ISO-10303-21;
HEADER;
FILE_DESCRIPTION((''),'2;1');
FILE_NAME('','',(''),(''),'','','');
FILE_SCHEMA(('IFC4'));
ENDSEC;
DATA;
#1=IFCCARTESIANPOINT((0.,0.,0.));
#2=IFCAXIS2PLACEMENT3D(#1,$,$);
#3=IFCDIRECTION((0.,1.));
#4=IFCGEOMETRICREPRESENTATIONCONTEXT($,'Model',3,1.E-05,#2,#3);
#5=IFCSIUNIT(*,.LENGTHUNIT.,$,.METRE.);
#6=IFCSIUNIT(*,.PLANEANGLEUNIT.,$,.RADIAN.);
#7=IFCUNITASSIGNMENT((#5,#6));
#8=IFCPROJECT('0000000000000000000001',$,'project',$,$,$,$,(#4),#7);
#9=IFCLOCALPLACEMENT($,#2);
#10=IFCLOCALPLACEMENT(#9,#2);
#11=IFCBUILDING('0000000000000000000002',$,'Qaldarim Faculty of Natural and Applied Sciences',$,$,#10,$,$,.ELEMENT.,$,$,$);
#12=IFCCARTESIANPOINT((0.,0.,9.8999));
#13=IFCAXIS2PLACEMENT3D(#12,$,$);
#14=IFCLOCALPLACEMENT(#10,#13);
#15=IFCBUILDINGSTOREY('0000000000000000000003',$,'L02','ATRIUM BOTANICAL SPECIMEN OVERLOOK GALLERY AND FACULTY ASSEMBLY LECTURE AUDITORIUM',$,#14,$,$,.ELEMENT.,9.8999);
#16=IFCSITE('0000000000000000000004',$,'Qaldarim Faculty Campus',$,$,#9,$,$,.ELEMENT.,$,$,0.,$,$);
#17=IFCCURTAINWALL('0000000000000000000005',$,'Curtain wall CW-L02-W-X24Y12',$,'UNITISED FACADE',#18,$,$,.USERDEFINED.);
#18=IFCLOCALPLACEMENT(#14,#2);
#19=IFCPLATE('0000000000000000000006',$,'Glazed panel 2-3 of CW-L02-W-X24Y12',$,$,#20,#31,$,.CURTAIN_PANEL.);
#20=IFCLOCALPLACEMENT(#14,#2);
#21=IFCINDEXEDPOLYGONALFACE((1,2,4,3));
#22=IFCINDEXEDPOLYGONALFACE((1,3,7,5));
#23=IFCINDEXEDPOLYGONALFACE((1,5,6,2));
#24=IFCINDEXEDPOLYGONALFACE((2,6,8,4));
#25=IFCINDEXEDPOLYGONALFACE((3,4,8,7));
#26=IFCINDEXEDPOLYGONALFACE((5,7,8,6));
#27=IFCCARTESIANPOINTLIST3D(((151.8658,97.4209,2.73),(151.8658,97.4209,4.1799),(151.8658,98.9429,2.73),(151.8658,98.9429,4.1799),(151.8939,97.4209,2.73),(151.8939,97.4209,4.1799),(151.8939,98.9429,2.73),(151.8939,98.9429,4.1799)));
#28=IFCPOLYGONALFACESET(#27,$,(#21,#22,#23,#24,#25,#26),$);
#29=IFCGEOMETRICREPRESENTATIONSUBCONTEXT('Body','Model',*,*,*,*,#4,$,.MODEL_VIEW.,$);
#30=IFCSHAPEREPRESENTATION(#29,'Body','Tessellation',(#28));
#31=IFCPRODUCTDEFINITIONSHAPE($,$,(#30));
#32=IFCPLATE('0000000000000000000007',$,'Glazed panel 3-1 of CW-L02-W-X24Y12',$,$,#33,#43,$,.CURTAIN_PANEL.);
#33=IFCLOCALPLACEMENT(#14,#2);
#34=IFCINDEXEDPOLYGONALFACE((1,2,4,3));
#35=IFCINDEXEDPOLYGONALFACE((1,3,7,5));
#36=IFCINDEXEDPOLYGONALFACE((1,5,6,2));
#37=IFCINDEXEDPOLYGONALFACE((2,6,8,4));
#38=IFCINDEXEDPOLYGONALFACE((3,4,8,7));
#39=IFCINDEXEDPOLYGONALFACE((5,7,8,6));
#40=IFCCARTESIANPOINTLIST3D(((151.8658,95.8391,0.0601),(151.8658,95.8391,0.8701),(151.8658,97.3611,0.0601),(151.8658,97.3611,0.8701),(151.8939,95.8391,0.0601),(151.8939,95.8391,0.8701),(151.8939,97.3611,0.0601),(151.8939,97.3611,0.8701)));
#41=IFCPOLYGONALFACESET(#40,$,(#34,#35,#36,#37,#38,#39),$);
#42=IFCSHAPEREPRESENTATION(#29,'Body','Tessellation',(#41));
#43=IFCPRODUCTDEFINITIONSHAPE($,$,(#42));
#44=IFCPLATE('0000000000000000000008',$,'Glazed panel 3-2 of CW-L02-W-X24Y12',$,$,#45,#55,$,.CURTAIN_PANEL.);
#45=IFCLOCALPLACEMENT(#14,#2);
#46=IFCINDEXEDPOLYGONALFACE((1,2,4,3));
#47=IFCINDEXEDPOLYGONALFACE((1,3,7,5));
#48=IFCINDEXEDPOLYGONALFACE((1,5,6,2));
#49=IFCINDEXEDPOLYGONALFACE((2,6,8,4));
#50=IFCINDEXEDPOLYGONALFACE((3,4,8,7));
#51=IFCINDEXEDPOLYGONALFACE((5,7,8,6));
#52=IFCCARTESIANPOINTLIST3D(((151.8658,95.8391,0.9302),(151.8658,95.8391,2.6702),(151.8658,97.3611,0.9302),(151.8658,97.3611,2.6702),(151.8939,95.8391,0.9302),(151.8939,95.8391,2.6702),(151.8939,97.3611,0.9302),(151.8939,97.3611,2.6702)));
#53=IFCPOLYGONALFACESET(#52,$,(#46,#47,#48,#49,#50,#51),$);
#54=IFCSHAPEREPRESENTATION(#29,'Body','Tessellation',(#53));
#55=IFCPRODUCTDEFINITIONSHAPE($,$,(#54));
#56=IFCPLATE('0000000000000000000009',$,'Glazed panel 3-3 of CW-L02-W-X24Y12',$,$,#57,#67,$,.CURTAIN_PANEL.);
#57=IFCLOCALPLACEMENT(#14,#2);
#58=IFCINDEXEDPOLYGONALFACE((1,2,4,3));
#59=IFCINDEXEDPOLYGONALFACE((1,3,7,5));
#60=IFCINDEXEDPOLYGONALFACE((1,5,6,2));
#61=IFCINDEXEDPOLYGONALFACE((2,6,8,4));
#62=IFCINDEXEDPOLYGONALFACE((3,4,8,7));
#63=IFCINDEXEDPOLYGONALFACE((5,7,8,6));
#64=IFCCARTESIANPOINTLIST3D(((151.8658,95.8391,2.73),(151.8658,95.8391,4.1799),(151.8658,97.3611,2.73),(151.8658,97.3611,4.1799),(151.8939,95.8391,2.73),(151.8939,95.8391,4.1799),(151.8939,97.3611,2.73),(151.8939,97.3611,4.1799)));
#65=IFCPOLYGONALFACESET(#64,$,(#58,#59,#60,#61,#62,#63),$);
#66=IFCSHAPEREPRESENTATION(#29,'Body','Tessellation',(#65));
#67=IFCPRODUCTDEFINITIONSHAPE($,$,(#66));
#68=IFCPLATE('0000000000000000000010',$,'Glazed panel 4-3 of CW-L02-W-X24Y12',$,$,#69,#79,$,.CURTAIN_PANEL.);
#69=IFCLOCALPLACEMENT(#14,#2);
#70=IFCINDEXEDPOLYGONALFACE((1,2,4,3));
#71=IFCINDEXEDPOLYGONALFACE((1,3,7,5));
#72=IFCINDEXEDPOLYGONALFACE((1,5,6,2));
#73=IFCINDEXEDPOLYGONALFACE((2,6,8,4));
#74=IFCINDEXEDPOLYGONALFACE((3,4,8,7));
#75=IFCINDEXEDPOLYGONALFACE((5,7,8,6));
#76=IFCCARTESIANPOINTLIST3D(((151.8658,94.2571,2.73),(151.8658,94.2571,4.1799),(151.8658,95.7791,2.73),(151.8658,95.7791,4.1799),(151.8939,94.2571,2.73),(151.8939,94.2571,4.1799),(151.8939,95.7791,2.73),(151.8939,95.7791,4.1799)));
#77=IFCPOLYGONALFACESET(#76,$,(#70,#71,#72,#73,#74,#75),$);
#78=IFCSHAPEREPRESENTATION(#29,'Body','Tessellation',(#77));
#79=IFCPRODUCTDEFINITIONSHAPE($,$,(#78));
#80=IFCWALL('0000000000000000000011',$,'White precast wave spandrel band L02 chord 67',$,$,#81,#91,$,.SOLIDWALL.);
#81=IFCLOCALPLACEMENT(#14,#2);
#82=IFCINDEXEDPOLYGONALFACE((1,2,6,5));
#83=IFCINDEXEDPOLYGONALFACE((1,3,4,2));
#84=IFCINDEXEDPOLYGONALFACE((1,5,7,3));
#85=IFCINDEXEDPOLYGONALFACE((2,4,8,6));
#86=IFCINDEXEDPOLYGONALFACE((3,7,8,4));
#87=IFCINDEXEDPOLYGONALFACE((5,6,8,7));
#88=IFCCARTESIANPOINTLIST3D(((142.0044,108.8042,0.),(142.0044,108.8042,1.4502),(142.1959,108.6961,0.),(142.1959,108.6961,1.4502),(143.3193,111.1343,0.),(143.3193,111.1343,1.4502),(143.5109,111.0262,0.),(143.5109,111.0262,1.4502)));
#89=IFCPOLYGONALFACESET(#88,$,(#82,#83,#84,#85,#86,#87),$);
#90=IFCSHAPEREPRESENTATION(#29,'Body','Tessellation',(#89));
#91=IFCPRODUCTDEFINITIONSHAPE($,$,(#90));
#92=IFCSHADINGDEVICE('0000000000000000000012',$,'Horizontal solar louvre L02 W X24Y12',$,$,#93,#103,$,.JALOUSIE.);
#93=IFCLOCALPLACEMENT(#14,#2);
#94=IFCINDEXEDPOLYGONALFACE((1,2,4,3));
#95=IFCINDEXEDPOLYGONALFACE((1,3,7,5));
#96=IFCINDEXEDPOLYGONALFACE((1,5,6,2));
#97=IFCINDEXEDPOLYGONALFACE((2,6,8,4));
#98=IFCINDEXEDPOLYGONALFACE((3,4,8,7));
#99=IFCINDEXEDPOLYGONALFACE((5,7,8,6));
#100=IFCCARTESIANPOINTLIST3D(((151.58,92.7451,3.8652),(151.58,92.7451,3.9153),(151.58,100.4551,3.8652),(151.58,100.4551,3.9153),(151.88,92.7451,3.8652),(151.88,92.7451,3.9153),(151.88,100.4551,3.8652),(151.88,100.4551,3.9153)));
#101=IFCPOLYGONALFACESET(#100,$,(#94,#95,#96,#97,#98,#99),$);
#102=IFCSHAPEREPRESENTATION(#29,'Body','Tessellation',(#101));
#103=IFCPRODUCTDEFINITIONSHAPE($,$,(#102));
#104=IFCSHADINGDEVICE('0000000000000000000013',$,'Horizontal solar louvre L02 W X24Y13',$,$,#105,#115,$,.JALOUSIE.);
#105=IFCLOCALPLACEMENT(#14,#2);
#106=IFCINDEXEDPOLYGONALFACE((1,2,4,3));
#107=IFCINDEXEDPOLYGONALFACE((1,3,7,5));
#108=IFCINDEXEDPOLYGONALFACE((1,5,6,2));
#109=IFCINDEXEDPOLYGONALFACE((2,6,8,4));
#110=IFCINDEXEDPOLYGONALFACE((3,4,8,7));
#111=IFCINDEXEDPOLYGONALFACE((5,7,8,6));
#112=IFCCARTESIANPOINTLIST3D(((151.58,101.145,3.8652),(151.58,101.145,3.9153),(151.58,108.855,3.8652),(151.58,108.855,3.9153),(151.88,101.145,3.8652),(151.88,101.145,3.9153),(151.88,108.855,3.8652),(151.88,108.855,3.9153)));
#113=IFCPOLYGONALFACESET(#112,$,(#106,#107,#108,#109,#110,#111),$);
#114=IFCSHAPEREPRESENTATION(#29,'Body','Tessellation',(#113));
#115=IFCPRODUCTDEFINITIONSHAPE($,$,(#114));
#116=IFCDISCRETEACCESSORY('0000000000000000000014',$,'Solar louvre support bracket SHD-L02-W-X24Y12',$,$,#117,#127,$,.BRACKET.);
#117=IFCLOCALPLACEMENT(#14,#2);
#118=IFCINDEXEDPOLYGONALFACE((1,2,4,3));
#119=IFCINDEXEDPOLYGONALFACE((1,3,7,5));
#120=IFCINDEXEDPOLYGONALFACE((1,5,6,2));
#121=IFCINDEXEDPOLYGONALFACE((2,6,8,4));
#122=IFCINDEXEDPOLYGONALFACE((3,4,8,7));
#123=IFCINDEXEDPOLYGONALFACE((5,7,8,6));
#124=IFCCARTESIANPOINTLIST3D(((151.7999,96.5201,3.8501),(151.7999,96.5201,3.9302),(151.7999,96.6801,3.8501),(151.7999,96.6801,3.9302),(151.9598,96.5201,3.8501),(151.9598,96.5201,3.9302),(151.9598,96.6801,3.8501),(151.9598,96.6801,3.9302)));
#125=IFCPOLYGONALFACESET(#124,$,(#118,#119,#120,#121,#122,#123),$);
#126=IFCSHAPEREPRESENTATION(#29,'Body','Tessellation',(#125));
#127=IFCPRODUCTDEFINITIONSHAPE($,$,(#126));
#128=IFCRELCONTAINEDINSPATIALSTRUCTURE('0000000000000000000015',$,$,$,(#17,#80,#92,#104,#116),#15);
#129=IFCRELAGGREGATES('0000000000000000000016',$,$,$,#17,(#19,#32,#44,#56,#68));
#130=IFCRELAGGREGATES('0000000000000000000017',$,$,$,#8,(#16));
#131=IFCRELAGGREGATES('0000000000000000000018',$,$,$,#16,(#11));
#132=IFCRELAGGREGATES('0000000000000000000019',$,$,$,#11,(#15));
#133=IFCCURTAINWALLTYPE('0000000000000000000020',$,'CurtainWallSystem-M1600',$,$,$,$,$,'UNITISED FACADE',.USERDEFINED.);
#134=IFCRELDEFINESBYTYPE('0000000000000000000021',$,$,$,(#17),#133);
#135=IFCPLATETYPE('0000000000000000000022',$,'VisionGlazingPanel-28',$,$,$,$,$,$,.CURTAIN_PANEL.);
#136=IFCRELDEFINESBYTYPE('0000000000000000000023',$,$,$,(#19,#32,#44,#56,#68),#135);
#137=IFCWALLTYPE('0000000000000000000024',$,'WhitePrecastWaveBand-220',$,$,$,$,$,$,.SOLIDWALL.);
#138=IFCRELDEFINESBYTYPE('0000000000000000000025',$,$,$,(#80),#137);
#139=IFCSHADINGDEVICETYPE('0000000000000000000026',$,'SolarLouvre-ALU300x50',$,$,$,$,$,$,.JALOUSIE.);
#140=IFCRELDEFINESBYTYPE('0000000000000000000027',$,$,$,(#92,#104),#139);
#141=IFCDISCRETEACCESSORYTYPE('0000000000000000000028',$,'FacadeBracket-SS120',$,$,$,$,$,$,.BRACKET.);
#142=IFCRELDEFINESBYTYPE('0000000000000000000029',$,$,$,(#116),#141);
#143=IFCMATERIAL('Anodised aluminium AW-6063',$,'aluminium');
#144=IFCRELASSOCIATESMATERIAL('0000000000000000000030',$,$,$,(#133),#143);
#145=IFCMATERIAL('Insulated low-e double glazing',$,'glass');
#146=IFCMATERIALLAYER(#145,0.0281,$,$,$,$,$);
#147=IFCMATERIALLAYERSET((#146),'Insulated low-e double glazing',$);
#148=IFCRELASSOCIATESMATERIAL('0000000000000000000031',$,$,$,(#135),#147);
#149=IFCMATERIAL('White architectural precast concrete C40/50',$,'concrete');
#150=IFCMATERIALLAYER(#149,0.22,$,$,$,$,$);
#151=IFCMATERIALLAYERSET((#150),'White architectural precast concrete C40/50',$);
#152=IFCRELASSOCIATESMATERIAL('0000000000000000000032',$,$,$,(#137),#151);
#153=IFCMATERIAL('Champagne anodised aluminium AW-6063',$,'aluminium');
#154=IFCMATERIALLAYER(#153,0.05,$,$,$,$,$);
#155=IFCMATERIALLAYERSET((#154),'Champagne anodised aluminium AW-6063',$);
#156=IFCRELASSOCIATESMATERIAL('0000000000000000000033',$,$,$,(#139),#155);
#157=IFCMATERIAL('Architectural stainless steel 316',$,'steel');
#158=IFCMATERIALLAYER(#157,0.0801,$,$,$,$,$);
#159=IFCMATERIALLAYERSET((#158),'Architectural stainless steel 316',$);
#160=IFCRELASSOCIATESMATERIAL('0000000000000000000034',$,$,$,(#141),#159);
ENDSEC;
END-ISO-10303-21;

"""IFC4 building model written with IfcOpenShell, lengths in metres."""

from ifc_helpers import new_model, si_unit, direction, frame, frame_2d, origin, origin_2d, place, context, subcontext, project, spatial, rectangle, extrude, material, layer, layer_set, type_object, element, aggregate, save


model = new_model("IFC4")

# Units and contexts
model_context = context("Model", 3, precision=1e-05, world=origin(), true_north=direction((0.0, 1.0)))
body_context = subcontext(model_context, "Body", "Model", "MODEL_VIEW")
ifc_project = project(units=[si_unit("LENGTHUNIT", "METRE"), si_unit("PLANEANGLEUNIT", "RADIAN")], contexts=[model_context])

# Site, building, storey
site_placement = place(None, origin())
site = spatial("IfcSite", under=ifc_project, at=site_placement, Name="Qaldarim Faculty Campus", CompositionType="ELEMENT", RefElevation=0.0)
building_placement = place(site_placement, origin())
building = spatial("IfcBuilding", under=site, at=building_placement, Name="Qaldarim Faculty of Natural and Applied Sciences", CompositionType="ELEMENT")
storey_placement = place(building_placement, frame((0.0, 0.0, 9.8999)))
storey = spatial("IfcBuildingStorey", under=building, at=storey_placement, Name="L02", Description="ATRIUM BOTANICAL SPECIMEN OVERLOOK GALLERY AND FACULTY ASSEMBLY LECTURE AUDITORIUM", CompositionType="ELEMENT", Elevation=9.8999)

# Curtain wall
ifc_material_1 = material(Name="Anodised aluminium AW-6063", Category="aluminium")
curtain_wall_type = type_object("IfcCurtainWallType", Name="CurtainWallSystem-M1600", ElementType="UNITISED FACADE", PredefinedType="USERDEFINED", material=ifc_material_1)
curtain_wall_placement = place(storey_placement, origin())
curtain_wall = element("IfcCurtainWall", 1, at=curtain_wall_placement, inside=storey, type_object=curtain_wall_type, Name="Curtain wall CW-L02-W-X24Y12", ObjectType="UNITISED FACADE", PredefinedType="USERDEFINED")

# Plates
ifc_material_2 = material(Name="Insulated low-e double glazing", Category="glass")
ifc_layer_1 = layer(ifc_material_2, 0.0281)
ifc_layer_set_1 = layer_set([ifc_layer_1], Name="Insulated low-e double glazing")
plate_type = type_object("IfcPlateType", Name="VisionGlazingPanel-28", PredefinedType="CURTAIN_PANEL", material=ifc_layer_set_1)
plate_1_placement = place(storey_placement, frame((151.8799, 98.1819, 2.73), z_axis=(0.0, 0.0, 1.0), x_axis=(0.0, -1.0, 0.0)))
plate_1 = element("IfcPlate", 2, at=plate_1_placement, type_object=plate_type, Name="Glazed panel 2-3 of CW-L02-W-X24Y12", PredefinedType="CURTAIN_PANEL", context=body_context, shape_type="SweptSolid", body=[
    extrude(rectangle(XDim=1.522, YDim=0.0281, at=origin_2d()), origin(), (0.0, 0.0, 1.0), 1.45),
])
plate_2_placement = place(storey_placement, frame((151.8799, 96.6001, 0.0601), z_axis=(0.0, 0.0, 1.0), x_axis=(0.0, -1.0, 0.0)))
plate_2 = element("IfcPlate", 3, at=plate_2_placement, type_object=plate_type, Name="Glazed panel 3-1 of CW-L02-W-X24Y12", PredefinedType="CURTAIN_PANEL", context=body_context, shape_type="SweptSolid", body=[
    extrude(rectangle(XDim=1.522, YDim=0.0281, at=origin_2d()), origin(), (0.0, 0.0, 1.0), 0.8101),
])
plate_3_placement = place(storey_placement, frame((151.8799, 96.6001, 0.9302), z_axis=(0.0, 0.0, 1.0), x_axis=(0.0, -1.0, 0.0)))
plate_3 = element("IfcPlate", 4, at=plate_3_placement, type_object=plate_type, Name="Glazed panel 3-2 of CW-L02-W-X24Y12", PredefinedType="CURTAIN_PANEL", context=body_context, shape_type="SweptSolid", body=[
    extrude(rectangle(XDim=1.522, YDim=0.0281, at=origin_2d()), origin(), (0.0, 0.0, 1.0), 1.74),
])
plate_4_placement = place(storey_placement, frame((151.8799, 96.6001, 2.73), z_axis=(0.0, 0.0, 1.0), x_axis=(0.0, -1.0, 0.0)))
plate_4 = element("IfcPlate", 5, at=plate_4_placement, type_object=plate_type, Name="Glazed panel 3-3 of CW-L02-W-X24Y12", PredefinedType="CURTAIN_PANEL", context=body_context, shape_type="SweptSolid", body=[
    extrude(rectangle(XDim=1.522, YDim=0.0281, at=origin_2d()), origin(), (0.0, 0.0, 1.0), 1.45),
])
plate_5_placement = place(storey_placement, frame((151.8799, 95.0181, 2.73), z_axis=(0.0, 0.0, 1.0), x_axis=(0.0, -1.0, 0.0)))
plate_5 = element("IfcPlate", 6, at=plate_5_placement, type_object=plate_type, Name="Glazed panel 4-3 of CW-L02-W-X24Y12", PredefinedType="CURTAIN_PANEL", context=body_context, shape_type="SweptSolid", body=[
    extrude(rectangle(XDim=1.522, YDim=0.0281, at=origin_2d()), origin(), (0.0, 0.0, 1.0), 1.45),
])
aggregate(curtain_wall, [plate_1, plate_2, plate_3, plate_4, plate_5])

# Wall
ifc_material_3 = material(Name="White architectural precast concrete C40/50", Category="concrete")
ifc_layer_2 = layer(ifc_material_3, 0.22)
ifc_layer_set_2 = layer_set([ifc_layer_2], Name="White architectural precast concrete C40/50")
wall_type = type_object("IfcWallType", Name="WhitePrecastWaveBand-220", PredefinedType="SOLIDWALL", material=ifc_layer_set_2)
wall_placement = place(storey_placement, frame((142.1001, 108.75, 0.0), z_axis=(0.0, 0.0, 1.0), x_axis=(0.491474, 0.870892, 0.0)))
element("IfcWall", 7, at=wall_placement, inside=storey, type_object=wall_type, Name="White precast wave spandrel band L02 chord 67", PredefinedType="SOLIDWALL", context=body_context, shape_type="SweptSolid", body=[
    extrude(rectangle(XDim=2.6755, YDim=0.22, at=frame_2d((1.3379, 0.0))), origin(), (0.0, 0.0, 1.0), 1.4502),
])

# Shading devices
ifc_material_4 = material(Name="Champagne anodised aluminium AW-6063", Category="aluminium")
ifc_layer_3 = layer(ifc_material_4, 0.05)
ifc_layer_set_3 = layer_set([ifc_layer_3], Name="Champagne anodised aluminium AW-6063")
shading_device_type = type_object("IfcShadingDeviceType", Name="SolarLouvre-ALU300x50", PredefinedType="JALOUSIE", material=ifc_layer_set_3)
for number, where, z_axis, x_axis, name in (
    (8, (151.73, 96.6001, 3.8652), (0.0, 0.0, 1.0), (0.0, 1.0, 0.0), "Horizontal solar louvre L02 W X24Y12"),
    (9, (151.73, 105.0, 3.8652), (0.0, 0.0, 1.0), (0.0, 1.0, 0.0), "Horizontal solar louvre L02 W X24Y13"),
):
    element("IfcShadingDevice", number, at=place(storey_placement, frame(where, z_axis=z_axis, x_axis=x_axis)), inside=storey, type_object=shading_device_type, Name=name, PredefinedType="JALOUSIE", context=body_context, shape_type="SweptSolid", body=[
        extrude(rectangle(XDim=7.71, YDim=0.3, at=origin_2d()), origin(), (0.0, 0.0, 1.0), 0.05),
    ])

# Discrete accessory
ifc_material_5 = material(Name="Architectural stainless steel 316", Category="steel")
ifc_layer_4 = layer(ifc_material_5, 0.0801)
ifc_layer_set_4 = layer_set([ifc_layer_4], Name="Architectural stainless steel 316")
discrete_accessory_type = type_object("IfcDiscreteAccessoryType", Name="FacadeBracket-SS120", PredefinedType="BRACKET", material=ifc_layer_set_4)
discrete_accessory_placement = place(storey_placement, frame((151.8799, 96.6001, 3.8501), z_axis=(0.0, 0.0, 1.0), x_axis=(0.0, 1.0, 0.0)))
element("IfcDiscreteAccessory", 10, at=discrete_accessory_placement, inside=storey, type_object=discrete_accessory_type, Name="Solar louvre support bracket SHD-L02-W-X24Y12", PredefinedType="BRACKET", context=body_context, shape_type="SweptSolid", body=[
    extrude(rectangle(XDim=0.1599, YDim=0.1599, at=origin_2d()), origin(), (0.0, 0.0, 1.0), 0.0801),
])

save(model, "model.ifc")
